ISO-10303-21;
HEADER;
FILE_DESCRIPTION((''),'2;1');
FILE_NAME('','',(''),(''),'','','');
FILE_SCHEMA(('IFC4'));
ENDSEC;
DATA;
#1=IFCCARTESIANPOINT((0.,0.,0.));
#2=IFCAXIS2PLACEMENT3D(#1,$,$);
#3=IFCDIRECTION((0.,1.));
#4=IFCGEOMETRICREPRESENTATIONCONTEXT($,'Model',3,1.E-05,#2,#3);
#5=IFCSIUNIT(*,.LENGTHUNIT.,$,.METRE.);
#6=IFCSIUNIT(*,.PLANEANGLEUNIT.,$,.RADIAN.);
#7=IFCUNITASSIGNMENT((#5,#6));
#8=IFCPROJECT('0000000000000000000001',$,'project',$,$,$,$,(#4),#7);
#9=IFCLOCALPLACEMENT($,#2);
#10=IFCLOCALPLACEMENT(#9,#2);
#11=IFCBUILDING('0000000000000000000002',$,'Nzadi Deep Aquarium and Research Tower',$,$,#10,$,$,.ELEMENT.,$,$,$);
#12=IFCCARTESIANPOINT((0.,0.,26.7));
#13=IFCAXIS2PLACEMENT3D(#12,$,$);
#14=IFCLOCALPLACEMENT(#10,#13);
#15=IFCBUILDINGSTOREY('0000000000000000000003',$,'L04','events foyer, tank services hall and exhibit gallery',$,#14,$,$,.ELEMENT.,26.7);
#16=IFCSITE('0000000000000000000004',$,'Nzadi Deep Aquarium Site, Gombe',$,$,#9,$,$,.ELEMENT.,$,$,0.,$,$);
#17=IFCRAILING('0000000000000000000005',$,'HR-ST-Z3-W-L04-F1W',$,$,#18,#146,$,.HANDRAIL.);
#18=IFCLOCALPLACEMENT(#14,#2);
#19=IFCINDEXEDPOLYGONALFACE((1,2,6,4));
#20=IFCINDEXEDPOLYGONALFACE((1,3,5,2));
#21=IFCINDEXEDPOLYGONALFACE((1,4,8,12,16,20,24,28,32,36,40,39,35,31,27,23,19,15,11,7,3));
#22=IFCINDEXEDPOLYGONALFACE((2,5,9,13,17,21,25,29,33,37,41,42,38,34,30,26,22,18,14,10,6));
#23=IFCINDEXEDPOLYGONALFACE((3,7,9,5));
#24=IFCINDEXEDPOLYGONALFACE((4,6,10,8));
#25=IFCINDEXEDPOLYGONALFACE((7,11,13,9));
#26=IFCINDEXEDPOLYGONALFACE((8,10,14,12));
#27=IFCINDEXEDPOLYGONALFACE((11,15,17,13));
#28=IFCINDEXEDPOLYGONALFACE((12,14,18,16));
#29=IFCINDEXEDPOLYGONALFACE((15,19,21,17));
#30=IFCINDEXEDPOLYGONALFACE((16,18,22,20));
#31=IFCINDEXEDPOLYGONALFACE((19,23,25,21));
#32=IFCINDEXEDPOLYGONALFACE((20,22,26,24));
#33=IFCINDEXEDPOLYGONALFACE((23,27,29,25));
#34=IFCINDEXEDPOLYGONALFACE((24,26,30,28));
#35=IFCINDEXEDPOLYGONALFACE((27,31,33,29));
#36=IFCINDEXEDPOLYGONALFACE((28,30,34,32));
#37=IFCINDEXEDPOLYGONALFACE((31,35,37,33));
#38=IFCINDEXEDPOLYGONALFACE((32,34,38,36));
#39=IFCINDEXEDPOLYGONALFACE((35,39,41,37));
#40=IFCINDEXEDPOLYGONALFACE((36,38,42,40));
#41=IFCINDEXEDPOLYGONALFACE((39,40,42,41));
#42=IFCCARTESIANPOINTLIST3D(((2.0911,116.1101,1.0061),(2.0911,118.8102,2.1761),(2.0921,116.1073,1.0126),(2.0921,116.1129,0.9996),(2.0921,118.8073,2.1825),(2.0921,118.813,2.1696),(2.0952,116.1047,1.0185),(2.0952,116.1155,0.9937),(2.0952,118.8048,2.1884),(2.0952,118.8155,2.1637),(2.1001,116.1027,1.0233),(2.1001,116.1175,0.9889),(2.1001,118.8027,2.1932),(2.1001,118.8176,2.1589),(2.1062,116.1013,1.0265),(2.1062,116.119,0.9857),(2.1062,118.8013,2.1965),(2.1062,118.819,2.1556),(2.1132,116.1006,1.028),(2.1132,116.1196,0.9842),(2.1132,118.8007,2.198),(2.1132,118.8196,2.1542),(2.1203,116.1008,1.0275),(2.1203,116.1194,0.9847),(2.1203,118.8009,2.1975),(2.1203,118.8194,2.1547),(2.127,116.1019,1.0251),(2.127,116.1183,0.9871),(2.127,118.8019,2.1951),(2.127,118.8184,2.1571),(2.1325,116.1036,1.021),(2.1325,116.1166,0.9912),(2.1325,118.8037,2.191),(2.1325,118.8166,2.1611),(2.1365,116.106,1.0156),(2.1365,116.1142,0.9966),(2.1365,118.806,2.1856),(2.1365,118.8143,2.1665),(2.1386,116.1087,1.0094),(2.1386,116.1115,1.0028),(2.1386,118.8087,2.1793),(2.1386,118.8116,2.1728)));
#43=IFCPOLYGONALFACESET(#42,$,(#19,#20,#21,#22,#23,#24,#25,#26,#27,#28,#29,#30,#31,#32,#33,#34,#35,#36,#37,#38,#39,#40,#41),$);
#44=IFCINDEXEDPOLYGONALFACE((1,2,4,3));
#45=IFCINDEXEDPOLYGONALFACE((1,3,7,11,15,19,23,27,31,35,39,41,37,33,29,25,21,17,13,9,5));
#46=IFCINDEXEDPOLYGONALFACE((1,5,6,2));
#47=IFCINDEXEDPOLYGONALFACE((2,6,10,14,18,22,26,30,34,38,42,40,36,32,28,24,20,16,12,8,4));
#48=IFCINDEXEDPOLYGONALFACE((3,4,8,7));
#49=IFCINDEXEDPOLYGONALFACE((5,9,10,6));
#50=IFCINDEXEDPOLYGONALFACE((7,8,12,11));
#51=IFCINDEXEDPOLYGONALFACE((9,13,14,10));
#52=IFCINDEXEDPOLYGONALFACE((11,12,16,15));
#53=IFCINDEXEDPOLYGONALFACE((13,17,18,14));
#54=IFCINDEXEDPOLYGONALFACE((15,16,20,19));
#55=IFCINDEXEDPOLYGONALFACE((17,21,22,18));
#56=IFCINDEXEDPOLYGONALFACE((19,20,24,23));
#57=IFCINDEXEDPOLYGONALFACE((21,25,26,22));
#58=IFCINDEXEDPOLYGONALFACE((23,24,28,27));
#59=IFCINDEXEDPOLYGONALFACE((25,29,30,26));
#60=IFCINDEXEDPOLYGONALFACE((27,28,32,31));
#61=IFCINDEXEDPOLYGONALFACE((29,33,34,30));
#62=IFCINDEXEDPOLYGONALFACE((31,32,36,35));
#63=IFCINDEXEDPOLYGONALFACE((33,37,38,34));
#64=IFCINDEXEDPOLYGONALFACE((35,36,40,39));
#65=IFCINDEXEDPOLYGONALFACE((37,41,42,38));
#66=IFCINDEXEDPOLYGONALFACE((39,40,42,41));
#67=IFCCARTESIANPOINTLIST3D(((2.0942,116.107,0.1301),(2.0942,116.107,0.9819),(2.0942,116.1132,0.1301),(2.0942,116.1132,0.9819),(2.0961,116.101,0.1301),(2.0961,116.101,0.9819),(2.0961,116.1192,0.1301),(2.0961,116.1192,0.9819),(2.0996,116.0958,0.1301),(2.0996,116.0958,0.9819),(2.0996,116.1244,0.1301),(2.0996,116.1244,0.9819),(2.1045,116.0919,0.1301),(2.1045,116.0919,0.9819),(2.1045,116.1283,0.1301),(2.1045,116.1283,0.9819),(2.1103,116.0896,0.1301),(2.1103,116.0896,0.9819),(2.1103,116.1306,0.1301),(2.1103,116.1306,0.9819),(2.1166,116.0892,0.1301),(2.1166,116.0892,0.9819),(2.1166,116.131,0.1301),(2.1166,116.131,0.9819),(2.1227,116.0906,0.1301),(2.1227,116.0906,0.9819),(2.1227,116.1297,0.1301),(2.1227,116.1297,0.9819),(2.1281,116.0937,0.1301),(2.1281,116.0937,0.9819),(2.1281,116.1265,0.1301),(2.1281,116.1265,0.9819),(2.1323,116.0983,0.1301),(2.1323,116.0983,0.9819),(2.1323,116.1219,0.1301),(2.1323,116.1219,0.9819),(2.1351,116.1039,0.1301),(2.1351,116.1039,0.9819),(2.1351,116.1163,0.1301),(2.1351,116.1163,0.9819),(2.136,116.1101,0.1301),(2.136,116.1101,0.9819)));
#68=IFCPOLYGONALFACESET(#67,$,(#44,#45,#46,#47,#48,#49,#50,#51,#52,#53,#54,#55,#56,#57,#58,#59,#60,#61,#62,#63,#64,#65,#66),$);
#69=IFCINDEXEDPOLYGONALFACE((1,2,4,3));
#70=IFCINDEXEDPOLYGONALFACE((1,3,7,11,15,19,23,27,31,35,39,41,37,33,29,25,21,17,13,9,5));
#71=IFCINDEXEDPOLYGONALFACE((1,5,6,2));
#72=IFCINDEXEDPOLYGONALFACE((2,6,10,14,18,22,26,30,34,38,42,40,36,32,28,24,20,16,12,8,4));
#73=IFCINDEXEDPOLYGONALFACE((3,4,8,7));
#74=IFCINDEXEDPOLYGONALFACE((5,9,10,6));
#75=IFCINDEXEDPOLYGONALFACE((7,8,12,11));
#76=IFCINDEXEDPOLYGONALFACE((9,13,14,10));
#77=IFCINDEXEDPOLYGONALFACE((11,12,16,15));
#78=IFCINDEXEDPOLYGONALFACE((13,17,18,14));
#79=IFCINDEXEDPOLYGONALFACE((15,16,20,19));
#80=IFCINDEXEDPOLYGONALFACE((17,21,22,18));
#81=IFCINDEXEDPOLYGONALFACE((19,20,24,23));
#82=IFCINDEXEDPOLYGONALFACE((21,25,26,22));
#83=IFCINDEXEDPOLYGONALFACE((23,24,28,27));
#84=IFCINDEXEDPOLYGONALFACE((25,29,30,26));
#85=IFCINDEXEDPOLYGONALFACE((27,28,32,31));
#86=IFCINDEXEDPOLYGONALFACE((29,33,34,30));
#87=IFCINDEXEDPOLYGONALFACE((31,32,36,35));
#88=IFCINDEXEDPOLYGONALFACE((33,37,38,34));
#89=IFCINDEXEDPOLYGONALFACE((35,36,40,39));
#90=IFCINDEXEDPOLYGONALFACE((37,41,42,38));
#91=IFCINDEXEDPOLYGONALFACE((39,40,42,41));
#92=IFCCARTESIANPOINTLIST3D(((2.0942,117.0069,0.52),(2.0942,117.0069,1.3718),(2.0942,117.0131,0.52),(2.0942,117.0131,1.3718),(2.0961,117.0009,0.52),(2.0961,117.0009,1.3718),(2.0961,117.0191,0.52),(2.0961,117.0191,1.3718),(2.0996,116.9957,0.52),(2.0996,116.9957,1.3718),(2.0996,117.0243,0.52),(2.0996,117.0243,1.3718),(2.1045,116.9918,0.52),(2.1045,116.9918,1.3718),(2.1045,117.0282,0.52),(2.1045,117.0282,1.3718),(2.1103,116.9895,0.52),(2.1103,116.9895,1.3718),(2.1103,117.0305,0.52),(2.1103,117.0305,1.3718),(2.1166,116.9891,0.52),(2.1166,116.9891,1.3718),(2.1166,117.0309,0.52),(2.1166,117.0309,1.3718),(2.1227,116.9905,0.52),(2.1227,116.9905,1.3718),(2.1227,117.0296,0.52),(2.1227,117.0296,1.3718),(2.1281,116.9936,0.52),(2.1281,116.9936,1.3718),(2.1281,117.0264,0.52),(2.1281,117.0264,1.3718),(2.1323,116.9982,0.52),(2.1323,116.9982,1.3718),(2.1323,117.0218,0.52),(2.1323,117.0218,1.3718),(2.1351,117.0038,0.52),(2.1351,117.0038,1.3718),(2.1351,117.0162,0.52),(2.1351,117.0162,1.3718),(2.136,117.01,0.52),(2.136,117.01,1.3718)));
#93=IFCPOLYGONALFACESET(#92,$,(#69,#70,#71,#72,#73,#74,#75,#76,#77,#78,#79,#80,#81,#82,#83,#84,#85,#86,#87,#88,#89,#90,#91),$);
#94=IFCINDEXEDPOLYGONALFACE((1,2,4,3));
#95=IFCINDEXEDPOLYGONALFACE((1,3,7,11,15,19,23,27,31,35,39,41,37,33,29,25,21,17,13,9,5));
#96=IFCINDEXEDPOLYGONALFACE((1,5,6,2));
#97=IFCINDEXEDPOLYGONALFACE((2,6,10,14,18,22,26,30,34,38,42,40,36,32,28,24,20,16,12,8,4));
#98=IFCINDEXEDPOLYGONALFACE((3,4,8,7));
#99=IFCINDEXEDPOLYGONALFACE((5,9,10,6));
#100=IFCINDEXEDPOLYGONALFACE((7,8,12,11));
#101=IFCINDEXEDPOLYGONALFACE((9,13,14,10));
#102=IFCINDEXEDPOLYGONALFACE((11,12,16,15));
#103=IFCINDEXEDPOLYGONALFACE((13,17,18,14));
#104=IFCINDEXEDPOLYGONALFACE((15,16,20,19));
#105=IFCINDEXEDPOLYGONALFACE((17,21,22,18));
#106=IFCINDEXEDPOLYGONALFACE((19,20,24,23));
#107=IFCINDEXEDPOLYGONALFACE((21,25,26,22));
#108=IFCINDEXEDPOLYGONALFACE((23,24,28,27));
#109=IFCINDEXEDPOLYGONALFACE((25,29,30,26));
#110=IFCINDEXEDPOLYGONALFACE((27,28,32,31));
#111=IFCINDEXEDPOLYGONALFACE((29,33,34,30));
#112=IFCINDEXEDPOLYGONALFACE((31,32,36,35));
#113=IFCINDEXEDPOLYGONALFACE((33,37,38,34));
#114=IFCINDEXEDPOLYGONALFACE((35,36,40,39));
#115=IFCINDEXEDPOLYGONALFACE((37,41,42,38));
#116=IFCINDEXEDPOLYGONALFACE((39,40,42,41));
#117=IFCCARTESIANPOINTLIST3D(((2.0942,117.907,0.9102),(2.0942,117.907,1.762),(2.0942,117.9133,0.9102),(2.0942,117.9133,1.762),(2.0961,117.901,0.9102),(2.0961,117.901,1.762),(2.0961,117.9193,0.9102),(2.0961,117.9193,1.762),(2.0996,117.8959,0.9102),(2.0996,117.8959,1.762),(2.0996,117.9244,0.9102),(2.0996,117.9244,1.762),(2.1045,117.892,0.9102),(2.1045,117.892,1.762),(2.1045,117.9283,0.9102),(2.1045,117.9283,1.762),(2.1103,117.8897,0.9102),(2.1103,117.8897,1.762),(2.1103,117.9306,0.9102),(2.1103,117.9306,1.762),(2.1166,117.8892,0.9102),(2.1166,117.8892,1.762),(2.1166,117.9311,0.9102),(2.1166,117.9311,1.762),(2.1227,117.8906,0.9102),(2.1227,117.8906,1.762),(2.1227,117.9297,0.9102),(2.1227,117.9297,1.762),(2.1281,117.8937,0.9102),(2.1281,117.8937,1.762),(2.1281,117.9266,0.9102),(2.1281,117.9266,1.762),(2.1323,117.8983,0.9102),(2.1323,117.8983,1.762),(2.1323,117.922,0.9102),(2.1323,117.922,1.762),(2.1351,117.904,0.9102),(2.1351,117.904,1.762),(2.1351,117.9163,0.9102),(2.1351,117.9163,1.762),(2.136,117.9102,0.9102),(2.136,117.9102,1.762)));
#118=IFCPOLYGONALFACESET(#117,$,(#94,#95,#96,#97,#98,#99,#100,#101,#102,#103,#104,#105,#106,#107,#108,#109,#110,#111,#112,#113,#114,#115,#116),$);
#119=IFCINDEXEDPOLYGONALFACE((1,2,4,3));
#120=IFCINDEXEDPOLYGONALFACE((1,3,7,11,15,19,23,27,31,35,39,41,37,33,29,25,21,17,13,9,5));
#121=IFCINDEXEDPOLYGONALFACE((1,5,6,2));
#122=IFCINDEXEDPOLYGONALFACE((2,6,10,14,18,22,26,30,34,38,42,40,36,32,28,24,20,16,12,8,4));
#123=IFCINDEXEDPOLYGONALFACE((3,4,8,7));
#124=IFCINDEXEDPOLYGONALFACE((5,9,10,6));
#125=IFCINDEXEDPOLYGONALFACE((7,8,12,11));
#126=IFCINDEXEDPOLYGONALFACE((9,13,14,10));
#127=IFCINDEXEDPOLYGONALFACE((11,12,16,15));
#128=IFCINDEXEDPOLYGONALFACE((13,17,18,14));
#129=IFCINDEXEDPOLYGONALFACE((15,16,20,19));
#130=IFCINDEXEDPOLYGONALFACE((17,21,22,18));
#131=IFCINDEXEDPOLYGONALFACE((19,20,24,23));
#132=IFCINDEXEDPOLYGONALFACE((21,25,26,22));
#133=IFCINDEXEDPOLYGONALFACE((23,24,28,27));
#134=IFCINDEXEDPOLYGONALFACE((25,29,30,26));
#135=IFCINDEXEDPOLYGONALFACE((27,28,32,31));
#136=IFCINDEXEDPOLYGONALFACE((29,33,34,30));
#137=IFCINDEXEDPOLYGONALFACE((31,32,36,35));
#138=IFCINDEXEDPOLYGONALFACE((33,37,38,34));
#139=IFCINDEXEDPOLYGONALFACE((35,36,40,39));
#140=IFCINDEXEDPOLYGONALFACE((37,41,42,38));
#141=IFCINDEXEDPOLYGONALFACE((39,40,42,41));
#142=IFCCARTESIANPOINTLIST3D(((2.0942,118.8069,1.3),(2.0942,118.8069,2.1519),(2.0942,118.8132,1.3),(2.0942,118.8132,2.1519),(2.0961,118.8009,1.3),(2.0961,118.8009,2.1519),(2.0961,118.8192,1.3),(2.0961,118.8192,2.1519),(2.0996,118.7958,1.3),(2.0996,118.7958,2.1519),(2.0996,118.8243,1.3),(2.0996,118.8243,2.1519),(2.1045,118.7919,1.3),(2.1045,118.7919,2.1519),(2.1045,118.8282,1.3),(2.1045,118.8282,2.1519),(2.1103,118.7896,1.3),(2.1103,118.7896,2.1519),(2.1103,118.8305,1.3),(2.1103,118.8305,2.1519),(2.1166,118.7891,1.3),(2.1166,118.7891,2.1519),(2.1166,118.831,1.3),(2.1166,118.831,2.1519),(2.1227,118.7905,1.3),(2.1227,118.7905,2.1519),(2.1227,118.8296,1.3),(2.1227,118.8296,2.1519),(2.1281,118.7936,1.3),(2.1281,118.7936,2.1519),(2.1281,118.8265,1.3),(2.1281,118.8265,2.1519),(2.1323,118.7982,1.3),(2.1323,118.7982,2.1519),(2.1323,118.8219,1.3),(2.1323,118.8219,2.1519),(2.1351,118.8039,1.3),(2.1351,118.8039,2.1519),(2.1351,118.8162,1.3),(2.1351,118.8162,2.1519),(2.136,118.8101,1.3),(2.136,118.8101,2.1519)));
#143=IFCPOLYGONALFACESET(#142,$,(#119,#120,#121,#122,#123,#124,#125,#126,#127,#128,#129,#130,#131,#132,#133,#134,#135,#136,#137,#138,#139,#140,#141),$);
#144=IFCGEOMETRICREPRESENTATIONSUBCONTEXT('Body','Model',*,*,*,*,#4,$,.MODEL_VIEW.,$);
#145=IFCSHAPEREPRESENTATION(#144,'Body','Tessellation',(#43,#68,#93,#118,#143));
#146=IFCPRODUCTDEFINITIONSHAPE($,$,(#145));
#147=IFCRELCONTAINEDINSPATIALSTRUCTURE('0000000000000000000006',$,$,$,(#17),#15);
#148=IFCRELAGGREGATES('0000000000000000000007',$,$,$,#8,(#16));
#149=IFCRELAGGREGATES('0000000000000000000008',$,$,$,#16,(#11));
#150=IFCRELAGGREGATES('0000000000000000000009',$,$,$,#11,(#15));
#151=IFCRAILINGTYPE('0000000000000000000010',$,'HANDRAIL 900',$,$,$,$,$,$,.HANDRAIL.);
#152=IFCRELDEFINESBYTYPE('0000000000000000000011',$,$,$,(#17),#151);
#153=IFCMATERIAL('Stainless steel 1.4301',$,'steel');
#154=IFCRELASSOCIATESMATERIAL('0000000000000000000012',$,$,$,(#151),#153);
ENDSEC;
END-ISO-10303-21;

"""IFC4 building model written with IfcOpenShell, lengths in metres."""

from ifc_helpers import new_model, si_unit, direction, frame, origin, origin_2d, place, context, subcontext, project, spatial, circle, extrude, material, type_object, element, save


model = new_model("IFC4")

# Units and contexts
model_context = context("Model", 3, precision=1e-05, world=origin(), true_north=direction((0.0, 1.0)))
body_context = subcontext(model_context, "Body", "Model", "MODEL_VIEW")
ifc_project = project(units=[si_unit("LENGTHUNIT", "METRE"), si_unit("PLANEANGLEUNIT", "RADIAN")], contexts=[model_context])

# Site, building, storey
site_placement = place(None, origin())
site = spatial("IfcSite", under=ifc_project, at=site_placement, Name="Nzadi Deep Aquarium Site, Gombe", CompositionType="ELEMENT", RefElevation=0.0)
building_placement = place(site_placement, origin())
building = spatial("IfcBuilding", under=site, at=building_placement, Name="Nzadi Deep Aquarium and Research Tower", CompositionType="ELEMENT")
storey_placement = place(building_placement, frame((0.0, 0.0, 26.7)))
storey = spatial("IfcBuildingStorey", under=building, at=storey_placement, Name="L04", Description="events foyer, tank services hall and exhibit gallery", CompositionType="ELEMENT", Elevation=26.7)

# Railing
ifc_material_1 = material(Name="Stainless steel 1.4301", Category="steel")
railing_type_1 = type_object("IfcRailingType", Name="HANDRAIL 900", PredefinedType="HANDRAIL", material=ifc_material_1)
for number, where, name in (
    (1, (2.115, 116.1101, 0.1301), "HR-ST-Z3-W-L04-F1W"),
):
    element("IfcRailing", number, at=place(storey_placement, frame(where)), inside=storey, type_object=railing_type_1, Name=name, PredefinedType="HANDRAIL", context=body_context, shape_type="SweptSolid", body=[
        extrude(circle(Radius=0.0239, at=origin_2d()), frame((0.0, 0.0, 0.876), z_axis=(0.0, 0.917563, 0.397591), x_axis=(-1.0, 0.0, 0.0)), (0.0, 0.0, 1.0), 2.9426),
        extrude(circle(Radius=0.021, at=origin_2d()), origin(), (0.0, 0.0, 1.0), 0.8518),
        extrude(circle(Radius=0.021, at=origin_2d()), frame((0.0, 0.8999, 0.3899)), (0.0, 0.0, 1.0), 0.8518),
        extrude(circle(Radius=0.021, at=origin_2d()), frame((0.0, 1.8, 0.78)), (0.0, 0.0, 1.0), 0.8518),
        extrude(circle(Radius=0.021, at=origin_2d()), frame((0.0, 2.7, 1.1699)), (0.0, 0.0, 1.0), 0.8518),
    ])

save(model, "model.ifc")
